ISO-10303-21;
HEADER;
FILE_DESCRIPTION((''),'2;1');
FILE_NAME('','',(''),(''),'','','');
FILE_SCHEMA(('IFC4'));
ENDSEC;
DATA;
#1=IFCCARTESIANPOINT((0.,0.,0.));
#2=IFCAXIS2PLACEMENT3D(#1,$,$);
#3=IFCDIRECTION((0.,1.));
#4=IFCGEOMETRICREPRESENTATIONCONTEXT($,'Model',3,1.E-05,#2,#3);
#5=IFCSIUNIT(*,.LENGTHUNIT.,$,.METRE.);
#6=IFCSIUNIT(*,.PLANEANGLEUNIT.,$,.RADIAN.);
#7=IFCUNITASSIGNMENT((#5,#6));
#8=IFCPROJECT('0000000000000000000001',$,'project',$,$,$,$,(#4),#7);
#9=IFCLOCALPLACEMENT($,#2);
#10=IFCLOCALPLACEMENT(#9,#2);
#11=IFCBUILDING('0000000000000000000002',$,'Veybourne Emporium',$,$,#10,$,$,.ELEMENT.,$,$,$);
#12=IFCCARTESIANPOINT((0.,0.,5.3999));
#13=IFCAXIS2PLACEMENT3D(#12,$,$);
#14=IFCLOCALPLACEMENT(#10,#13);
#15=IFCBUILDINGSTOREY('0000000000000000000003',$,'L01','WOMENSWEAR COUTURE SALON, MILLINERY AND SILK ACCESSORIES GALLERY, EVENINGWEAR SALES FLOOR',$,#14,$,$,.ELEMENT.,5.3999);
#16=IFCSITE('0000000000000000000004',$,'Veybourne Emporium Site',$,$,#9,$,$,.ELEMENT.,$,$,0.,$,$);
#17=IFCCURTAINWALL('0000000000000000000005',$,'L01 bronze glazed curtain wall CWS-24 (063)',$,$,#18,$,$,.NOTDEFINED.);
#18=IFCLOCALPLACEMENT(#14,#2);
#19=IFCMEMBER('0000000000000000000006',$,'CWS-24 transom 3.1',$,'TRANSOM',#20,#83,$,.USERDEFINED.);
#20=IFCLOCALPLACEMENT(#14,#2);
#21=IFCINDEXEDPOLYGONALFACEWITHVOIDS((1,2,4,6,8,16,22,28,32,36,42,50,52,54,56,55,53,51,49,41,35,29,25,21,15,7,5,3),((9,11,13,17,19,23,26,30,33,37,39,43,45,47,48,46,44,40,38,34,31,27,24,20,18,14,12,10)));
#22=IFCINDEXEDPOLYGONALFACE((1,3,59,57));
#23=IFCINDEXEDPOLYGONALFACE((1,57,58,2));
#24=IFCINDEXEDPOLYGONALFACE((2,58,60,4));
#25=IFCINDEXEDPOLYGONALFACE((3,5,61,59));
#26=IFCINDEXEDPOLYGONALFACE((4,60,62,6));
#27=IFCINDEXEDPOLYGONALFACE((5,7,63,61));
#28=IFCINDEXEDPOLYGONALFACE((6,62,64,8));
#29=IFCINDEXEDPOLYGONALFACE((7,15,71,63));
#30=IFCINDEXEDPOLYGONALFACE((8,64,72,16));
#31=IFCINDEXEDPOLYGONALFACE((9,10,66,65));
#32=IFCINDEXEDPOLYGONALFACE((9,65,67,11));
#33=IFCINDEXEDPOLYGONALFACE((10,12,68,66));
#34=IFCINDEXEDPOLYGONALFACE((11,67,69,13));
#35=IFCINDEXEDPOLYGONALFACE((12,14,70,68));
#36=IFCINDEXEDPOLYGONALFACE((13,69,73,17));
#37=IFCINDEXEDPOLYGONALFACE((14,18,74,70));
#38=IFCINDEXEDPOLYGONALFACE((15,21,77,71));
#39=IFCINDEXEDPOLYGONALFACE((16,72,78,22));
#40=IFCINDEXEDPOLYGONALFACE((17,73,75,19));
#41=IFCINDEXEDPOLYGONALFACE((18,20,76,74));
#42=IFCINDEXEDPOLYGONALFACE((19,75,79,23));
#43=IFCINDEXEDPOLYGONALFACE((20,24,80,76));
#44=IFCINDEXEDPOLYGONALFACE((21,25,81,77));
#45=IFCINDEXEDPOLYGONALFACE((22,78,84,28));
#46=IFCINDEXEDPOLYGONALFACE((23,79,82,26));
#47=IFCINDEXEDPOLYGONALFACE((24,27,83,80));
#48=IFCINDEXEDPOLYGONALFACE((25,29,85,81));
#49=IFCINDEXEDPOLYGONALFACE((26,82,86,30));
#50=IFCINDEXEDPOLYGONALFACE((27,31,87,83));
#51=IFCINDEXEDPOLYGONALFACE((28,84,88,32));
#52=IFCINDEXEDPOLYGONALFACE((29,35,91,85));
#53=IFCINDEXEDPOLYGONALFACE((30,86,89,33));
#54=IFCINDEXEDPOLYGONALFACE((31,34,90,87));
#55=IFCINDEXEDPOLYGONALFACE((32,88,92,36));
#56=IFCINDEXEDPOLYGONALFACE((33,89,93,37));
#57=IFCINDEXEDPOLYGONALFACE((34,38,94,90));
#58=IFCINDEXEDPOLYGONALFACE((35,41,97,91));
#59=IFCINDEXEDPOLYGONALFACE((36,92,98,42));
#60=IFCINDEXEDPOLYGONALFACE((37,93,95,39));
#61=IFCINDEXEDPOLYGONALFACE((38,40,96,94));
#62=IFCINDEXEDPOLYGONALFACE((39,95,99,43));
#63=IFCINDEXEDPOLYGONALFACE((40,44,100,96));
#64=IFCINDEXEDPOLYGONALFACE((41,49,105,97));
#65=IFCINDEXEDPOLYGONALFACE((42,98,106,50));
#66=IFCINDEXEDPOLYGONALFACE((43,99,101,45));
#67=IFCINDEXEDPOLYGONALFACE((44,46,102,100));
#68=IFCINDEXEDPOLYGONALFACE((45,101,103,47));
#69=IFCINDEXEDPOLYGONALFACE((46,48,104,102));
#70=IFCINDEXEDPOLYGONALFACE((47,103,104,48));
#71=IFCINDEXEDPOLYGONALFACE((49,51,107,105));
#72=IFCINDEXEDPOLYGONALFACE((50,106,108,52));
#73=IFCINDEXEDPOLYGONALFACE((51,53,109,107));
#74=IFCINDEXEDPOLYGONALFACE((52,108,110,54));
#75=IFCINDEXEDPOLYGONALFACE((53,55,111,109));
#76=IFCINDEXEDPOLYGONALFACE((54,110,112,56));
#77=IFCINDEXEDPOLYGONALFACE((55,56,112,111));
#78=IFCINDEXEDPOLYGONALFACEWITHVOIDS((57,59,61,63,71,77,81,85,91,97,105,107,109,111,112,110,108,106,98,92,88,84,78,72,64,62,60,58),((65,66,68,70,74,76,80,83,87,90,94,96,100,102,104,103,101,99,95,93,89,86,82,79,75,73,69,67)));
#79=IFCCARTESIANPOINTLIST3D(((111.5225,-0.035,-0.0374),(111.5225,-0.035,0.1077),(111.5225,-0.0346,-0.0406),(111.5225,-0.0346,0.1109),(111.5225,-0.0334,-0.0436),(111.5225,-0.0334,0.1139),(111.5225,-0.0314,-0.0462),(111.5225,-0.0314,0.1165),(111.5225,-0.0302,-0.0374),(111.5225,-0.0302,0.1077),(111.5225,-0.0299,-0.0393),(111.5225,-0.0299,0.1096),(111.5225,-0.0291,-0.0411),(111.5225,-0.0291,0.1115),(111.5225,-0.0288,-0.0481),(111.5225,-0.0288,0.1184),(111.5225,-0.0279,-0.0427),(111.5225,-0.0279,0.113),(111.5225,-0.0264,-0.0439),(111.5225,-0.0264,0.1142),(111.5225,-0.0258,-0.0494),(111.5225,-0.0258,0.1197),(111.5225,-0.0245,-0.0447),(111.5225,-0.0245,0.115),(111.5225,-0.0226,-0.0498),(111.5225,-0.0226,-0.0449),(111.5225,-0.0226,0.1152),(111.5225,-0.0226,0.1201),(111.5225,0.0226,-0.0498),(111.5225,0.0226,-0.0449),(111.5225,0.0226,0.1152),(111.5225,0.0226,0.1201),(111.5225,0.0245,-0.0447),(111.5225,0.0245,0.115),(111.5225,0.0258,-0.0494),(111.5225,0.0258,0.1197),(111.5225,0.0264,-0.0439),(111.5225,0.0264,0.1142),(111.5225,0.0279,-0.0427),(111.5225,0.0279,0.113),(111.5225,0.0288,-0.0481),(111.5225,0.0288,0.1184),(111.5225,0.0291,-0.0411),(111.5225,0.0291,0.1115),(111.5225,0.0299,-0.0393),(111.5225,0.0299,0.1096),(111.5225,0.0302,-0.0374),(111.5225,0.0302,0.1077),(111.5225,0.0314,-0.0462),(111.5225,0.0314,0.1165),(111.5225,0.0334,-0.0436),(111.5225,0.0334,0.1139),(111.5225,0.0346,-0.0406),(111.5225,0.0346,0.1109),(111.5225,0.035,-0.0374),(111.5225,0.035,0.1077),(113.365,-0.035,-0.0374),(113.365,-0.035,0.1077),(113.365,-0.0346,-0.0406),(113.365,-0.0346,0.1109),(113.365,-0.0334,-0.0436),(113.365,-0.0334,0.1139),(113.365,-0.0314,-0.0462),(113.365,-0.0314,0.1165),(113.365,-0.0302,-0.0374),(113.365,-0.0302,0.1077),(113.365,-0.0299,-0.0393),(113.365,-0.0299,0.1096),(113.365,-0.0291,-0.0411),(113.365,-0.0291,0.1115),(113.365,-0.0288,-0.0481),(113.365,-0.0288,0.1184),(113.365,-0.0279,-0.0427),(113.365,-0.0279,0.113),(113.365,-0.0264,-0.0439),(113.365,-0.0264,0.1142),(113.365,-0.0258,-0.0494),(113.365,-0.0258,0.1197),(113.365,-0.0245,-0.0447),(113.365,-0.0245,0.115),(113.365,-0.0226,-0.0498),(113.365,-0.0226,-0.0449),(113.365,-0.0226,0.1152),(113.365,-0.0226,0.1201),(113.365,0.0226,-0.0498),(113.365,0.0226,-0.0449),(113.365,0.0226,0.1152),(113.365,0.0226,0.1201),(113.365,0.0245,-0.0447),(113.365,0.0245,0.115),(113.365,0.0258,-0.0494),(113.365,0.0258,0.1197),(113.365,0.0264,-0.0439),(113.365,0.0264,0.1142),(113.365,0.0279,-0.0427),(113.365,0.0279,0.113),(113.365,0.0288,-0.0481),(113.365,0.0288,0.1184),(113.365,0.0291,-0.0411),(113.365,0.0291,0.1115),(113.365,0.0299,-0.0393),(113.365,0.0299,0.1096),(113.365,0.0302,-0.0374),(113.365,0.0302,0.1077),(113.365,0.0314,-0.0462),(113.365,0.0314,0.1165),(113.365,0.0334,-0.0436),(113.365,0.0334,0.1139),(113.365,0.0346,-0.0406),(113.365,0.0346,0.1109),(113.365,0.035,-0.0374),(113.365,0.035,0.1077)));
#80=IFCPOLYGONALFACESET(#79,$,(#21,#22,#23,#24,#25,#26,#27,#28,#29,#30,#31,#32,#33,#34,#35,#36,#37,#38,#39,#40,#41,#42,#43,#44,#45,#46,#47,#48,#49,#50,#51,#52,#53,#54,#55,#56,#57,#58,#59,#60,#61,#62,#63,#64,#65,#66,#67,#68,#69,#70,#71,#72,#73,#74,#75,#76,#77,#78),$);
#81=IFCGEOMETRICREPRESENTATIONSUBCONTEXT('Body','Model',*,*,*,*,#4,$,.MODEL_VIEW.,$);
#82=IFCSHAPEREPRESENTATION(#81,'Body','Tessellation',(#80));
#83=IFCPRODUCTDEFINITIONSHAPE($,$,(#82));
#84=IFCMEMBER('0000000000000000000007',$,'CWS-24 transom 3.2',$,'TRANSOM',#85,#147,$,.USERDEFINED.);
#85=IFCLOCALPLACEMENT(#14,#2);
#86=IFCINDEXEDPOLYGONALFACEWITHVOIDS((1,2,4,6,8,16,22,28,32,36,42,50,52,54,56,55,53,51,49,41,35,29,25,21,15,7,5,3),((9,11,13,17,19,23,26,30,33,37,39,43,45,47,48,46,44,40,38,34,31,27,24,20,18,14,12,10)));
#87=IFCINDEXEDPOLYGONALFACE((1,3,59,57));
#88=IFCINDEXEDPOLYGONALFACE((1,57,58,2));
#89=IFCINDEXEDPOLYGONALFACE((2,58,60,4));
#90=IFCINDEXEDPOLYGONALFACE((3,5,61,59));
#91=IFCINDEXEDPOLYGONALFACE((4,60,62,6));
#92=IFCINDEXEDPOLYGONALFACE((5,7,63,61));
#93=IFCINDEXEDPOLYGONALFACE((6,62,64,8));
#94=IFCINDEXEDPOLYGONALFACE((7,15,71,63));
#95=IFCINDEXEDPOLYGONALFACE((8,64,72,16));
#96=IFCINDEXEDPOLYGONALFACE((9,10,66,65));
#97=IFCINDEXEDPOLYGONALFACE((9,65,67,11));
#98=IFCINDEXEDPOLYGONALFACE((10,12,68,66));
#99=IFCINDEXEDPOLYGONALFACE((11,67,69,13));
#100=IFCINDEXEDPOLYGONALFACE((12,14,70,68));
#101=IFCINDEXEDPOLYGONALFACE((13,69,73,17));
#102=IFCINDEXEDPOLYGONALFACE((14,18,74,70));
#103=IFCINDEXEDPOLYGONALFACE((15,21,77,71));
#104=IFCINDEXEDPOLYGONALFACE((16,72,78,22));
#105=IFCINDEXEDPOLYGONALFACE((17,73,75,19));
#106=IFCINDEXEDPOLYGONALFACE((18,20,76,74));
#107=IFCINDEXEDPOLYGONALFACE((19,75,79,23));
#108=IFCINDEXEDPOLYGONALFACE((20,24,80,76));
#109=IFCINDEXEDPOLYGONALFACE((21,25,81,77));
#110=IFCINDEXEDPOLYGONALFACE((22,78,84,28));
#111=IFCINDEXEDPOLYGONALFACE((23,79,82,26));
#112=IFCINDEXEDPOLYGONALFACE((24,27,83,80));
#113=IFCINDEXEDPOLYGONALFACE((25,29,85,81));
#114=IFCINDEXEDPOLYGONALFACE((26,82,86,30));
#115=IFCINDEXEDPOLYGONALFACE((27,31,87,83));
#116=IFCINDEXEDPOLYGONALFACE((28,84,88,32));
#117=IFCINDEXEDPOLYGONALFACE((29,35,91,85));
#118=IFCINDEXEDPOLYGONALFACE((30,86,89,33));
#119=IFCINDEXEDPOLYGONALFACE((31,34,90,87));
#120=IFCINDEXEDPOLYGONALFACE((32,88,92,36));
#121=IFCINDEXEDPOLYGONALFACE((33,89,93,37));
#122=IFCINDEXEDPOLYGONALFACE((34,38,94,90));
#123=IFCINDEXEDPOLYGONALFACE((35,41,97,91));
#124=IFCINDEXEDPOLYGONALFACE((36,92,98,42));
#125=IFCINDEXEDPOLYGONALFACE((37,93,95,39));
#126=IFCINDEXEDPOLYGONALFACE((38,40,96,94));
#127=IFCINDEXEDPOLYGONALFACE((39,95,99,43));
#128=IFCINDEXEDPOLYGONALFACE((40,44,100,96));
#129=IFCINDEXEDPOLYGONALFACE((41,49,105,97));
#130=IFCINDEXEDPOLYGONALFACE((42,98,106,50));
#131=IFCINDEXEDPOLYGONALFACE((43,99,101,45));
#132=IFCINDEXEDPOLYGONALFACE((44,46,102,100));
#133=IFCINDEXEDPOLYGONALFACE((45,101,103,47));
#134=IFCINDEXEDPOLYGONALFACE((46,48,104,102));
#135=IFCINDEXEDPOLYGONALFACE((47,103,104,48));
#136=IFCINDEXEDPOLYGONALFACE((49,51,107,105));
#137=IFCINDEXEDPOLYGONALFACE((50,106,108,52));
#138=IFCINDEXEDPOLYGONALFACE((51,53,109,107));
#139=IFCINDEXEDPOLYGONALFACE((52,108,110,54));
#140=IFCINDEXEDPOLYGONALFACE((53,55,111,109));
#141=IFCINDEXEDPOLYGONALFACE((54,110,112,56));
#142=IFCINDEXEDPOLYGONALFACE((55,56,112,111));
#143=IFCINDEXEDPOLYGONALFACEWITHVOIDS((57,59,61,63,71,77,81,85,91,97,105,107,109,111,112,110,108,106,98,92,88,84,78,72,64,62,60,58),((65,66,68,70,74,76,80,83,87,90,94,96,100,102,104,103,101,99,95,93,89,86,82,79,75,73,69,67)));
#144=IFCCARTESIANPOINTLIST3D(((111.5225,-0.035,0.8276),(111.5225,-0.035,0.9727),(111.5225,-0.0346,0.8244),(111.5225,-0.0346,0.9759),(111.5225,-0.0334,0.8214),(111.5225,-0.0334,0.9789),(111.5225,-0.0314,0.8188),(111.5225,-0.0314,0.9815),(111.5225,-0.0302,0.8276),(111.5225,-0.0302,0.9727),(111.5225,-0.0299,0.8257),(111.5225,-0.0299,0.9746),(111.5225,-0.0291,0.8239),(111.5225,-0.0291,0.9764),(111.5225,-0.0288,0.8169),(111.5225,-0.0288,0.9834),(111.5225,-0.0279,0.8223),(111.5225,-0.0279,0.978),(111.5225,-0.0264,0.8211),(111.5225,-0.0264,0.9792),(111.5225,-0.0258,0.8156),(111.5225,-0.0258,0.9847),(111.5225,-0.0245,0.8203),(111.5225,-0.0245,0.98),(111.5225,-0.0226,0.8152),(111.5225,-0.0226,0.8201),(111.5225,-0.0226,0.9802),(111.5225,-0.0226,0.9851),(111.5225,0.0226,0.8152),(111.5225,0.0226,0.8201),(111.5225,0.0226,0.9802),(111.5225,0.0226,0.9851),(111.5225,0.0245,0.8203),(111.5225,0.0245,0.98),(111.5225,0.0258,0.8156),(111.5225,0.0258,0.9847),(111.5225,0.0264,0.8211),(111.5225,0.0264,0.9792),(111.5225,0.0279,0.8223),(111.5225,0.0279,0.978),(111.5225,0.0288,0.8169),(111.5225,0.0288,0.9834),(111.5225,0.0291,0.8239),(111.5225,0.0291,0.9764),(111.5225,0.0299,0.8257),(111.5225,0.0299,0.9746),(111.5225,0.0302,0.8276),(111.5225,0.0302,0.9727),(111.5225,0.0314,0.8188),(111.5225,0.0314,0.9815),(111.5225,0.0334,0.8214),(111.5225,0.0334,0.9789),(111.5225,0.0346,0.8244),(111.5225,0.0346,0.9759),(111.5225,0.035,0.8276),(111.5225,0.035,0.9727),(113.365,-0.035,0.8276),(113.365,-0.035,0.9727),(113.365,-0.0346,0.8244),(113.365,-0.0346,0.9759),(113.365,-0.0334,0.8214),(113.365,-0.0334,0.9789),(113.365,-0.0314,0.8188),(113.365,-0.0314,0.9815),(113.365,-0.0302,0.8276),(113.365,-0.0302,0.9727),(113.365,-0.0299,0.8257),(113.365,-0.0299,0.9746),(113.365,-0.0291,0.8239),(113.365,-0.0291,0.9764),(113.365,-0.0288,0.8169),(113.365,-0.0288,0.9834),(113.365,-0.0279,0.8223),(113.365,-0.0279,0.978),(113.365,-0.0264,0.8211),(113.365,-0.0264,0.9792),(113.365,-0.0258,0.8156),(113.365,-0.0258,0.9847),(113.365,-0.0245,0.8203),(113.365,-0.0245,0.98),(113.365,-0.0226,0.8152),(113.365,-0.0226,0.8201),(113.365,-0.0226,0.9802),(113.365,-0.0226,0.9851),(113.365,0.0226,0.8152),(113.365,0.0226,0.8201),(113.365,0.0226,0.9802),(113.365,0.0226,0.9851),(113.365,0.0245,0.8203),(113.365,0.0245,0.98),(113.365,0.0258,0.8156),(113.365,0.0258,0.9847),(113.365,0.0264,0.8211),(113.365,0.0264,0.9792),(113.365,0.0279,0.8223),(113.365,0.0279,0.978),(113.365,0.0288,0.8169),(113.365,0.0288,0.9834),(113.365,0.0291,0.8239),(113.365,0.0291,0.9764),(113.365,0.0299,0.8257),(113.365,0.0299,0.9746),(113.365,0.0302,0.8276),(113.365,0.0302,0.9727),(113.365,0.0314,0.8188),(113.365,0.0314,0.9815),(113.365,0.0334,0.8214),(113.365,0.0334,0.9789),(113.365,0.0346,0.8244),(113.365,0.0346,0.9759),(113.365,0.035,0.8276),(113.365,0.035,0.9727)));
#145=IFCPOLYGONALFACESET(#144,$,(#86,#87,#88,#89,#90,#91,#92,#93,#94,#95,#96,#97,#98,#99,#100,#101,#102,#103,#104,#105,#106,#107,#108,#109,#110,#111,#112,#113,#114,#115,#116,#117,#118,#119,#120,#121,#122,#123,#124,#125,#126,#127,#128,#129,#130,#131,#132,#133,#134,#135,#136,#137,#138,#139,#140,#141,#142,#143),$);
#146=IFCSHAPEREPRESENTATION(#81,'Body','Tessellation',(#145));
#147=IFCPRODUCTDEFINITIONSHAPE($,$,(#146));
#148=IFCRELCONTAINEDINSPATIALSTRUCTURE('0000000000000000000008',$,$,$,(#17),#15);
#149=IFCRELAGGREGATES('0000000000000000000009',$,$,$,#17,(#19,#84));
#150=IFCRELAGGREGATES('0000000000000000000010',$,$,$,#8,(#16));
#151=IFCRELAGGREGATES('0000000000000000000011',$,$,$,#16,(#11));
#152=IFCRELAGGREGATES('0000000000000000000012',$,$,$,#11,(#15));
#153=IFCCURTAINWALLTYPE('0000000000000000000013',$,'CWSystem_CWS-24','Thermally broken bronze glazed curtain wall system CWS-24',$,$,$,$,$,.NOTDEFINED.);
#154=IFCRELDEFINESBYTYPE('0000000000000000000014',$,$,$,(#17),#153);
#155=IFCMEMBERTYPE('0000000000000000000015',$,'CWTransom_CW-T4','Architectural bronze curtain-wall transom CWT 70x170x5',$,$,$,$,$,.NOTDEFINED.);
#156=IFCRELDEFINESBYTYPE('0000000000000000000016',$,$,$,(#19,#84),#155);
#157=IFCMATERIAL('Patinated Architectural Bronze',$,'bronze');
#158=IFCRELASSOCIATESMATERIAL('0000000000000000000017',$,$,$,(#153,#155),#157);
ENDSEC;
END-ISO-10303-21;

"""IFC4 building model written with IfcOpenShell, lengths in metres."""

from ifc_helpers import new_model, si_unit, direction, frame, origin, origin_2d, place, context, subcontext, project, spatial, hollow_rectangle, extrude, material, material_profile, profile_set, type_object, element, aggregate, save


model = new_model("IFC4")

# Units and contexts
model_context = context("Model", 3, precision=1e-05, world=origin(), true_north=direction((0.0, 1.0)))
body_context = subcontext(model_context, "Body", "Model", "MODEL_VIEW")
ifc_project = project(units=[si_unit("LENGTHUNIT", "METRE"), si_unit("PLANEANGLEUNIT", "RADIAN")], contexts=[model_context])

# Site, building, storey
site_placement = place(None, origin())
site = spatial("IfcSite", under=ifc_project, at=site_placement, Name="Veybourne Emporium Site", CompositionType="ELEMENT", RefElevation=0.0)
building_placement = place(site_placement, origin())
building = spatial("IfcBuilding", under=site, at=building_placement, Name="Veybourne Emporium", CompositionType="ELEMENT")
storey_placement = place(building_placement, frame((0.0, 0.0, 5.3999)))
storey = spatial("IfcBuildingStorey", under=building, at=storey_placement, Name="L01", Description="WOMENSWEAR COUTURE SALON, MILLINERY AND SILK ACCESSORIES GALLERY, EVENINGWEAR SALES FLOOR", CompositionType="ELEMENT", Elevation=5.3999)

# Curtain wall, members
ifc_material_1 = material(Name="Patinated Architectural Bronze", Category="bronze")
curtain_wall_type = type_object("IfcCurtainWallType", Name="CWSystem_CWS-24", Description="Thermally broken bronze glazed curtain wall system CWS-24", PredefinedType="NOTDEFINED", material=ifc_material_1)
curtain_wall_placement = place(storey_placement, origin())
curtain_wall = element("IfcCurtainWall", 1, at=curtain_wall_placement, inside=storey, type_object=curtain_wall_type, Name="L01 bronze glazed curtain wall CWS-24 (063)", PredefinedType="NOTDEFINED")
ifc_material_profile_1 = material_profile(ifc_material_1, hollow_rectangle(XDim=0.0701, YDim=0.1699, WallThickness=0.0049, InnerFilletRadius=0.0076, OuterFilletRadius=0.0125, at=origin_2d()), Name="CWT 70x170x5")
ifc_profile_set_1 = profile_set([ifc_material_profile_1], Name="Patinated Architectural Bronze")
member_type_1 = type_object("IfcMemberType", Name="CWTransom_CW-T4", Description="Architectural bronze curtain-wall transom CWT 70x170x5", PredefinedType="NOTDEFINED", material=ifc_profile_set_1)
member_1_placement = place(storey_placement, frame((113.365, 0.0, 0.0352), z_axis=(-1.0, 0.0, 0.0), x_axis=(0.0, -1.0, 0.0)))
member_1 = element("IfcMember", 2, at=member_1_placement, type_object=member_type_1, Name="CWS-24 transom 3.1", ObjectType="TRANSOM", PredefinedType="USERDEFINED", context=body_context, shape_type="SweptSolid", body=[
    extrude(hollow_rectangle(XDim=0.0701, YDim=0.1699, WallThickness=0.0049, InnerFilletRadius=0.0076, OuterFilletRadius=0.0125, at=origin_2d()), origin(), (0.0, 0.0, 1.0), 1.8425),
])
member_2_placement = place(storey_placement, frame((113.365, 0.0, 0.9001), z_axis=(-1.0, 0.0, 0.0), x_axis=(0.0, -1.0, 0.0)))
member_2 = element("IfcMember", 3, at=member_2_placement, type_object=member_type_1, Name="CWS-24 transom 3.2", ObjectType="TRANSOM", PredefinedType="USERDEFINED", context=body_context, shape_type="SweptSolid", body=[
    extrude(hollow_rectangle(XDim=0.0701, YDim=0.1699, WallThickness=0.0049, InnerFilletRadius=0.0076, OuterFilletRadius=0.0125, at=origin_2d()), origin(), (0.0, 0.0, 1.0), 1.8425),
])

aggregate(curtain_wall, [member_1, member_2])

save(model, "model.ifc")
